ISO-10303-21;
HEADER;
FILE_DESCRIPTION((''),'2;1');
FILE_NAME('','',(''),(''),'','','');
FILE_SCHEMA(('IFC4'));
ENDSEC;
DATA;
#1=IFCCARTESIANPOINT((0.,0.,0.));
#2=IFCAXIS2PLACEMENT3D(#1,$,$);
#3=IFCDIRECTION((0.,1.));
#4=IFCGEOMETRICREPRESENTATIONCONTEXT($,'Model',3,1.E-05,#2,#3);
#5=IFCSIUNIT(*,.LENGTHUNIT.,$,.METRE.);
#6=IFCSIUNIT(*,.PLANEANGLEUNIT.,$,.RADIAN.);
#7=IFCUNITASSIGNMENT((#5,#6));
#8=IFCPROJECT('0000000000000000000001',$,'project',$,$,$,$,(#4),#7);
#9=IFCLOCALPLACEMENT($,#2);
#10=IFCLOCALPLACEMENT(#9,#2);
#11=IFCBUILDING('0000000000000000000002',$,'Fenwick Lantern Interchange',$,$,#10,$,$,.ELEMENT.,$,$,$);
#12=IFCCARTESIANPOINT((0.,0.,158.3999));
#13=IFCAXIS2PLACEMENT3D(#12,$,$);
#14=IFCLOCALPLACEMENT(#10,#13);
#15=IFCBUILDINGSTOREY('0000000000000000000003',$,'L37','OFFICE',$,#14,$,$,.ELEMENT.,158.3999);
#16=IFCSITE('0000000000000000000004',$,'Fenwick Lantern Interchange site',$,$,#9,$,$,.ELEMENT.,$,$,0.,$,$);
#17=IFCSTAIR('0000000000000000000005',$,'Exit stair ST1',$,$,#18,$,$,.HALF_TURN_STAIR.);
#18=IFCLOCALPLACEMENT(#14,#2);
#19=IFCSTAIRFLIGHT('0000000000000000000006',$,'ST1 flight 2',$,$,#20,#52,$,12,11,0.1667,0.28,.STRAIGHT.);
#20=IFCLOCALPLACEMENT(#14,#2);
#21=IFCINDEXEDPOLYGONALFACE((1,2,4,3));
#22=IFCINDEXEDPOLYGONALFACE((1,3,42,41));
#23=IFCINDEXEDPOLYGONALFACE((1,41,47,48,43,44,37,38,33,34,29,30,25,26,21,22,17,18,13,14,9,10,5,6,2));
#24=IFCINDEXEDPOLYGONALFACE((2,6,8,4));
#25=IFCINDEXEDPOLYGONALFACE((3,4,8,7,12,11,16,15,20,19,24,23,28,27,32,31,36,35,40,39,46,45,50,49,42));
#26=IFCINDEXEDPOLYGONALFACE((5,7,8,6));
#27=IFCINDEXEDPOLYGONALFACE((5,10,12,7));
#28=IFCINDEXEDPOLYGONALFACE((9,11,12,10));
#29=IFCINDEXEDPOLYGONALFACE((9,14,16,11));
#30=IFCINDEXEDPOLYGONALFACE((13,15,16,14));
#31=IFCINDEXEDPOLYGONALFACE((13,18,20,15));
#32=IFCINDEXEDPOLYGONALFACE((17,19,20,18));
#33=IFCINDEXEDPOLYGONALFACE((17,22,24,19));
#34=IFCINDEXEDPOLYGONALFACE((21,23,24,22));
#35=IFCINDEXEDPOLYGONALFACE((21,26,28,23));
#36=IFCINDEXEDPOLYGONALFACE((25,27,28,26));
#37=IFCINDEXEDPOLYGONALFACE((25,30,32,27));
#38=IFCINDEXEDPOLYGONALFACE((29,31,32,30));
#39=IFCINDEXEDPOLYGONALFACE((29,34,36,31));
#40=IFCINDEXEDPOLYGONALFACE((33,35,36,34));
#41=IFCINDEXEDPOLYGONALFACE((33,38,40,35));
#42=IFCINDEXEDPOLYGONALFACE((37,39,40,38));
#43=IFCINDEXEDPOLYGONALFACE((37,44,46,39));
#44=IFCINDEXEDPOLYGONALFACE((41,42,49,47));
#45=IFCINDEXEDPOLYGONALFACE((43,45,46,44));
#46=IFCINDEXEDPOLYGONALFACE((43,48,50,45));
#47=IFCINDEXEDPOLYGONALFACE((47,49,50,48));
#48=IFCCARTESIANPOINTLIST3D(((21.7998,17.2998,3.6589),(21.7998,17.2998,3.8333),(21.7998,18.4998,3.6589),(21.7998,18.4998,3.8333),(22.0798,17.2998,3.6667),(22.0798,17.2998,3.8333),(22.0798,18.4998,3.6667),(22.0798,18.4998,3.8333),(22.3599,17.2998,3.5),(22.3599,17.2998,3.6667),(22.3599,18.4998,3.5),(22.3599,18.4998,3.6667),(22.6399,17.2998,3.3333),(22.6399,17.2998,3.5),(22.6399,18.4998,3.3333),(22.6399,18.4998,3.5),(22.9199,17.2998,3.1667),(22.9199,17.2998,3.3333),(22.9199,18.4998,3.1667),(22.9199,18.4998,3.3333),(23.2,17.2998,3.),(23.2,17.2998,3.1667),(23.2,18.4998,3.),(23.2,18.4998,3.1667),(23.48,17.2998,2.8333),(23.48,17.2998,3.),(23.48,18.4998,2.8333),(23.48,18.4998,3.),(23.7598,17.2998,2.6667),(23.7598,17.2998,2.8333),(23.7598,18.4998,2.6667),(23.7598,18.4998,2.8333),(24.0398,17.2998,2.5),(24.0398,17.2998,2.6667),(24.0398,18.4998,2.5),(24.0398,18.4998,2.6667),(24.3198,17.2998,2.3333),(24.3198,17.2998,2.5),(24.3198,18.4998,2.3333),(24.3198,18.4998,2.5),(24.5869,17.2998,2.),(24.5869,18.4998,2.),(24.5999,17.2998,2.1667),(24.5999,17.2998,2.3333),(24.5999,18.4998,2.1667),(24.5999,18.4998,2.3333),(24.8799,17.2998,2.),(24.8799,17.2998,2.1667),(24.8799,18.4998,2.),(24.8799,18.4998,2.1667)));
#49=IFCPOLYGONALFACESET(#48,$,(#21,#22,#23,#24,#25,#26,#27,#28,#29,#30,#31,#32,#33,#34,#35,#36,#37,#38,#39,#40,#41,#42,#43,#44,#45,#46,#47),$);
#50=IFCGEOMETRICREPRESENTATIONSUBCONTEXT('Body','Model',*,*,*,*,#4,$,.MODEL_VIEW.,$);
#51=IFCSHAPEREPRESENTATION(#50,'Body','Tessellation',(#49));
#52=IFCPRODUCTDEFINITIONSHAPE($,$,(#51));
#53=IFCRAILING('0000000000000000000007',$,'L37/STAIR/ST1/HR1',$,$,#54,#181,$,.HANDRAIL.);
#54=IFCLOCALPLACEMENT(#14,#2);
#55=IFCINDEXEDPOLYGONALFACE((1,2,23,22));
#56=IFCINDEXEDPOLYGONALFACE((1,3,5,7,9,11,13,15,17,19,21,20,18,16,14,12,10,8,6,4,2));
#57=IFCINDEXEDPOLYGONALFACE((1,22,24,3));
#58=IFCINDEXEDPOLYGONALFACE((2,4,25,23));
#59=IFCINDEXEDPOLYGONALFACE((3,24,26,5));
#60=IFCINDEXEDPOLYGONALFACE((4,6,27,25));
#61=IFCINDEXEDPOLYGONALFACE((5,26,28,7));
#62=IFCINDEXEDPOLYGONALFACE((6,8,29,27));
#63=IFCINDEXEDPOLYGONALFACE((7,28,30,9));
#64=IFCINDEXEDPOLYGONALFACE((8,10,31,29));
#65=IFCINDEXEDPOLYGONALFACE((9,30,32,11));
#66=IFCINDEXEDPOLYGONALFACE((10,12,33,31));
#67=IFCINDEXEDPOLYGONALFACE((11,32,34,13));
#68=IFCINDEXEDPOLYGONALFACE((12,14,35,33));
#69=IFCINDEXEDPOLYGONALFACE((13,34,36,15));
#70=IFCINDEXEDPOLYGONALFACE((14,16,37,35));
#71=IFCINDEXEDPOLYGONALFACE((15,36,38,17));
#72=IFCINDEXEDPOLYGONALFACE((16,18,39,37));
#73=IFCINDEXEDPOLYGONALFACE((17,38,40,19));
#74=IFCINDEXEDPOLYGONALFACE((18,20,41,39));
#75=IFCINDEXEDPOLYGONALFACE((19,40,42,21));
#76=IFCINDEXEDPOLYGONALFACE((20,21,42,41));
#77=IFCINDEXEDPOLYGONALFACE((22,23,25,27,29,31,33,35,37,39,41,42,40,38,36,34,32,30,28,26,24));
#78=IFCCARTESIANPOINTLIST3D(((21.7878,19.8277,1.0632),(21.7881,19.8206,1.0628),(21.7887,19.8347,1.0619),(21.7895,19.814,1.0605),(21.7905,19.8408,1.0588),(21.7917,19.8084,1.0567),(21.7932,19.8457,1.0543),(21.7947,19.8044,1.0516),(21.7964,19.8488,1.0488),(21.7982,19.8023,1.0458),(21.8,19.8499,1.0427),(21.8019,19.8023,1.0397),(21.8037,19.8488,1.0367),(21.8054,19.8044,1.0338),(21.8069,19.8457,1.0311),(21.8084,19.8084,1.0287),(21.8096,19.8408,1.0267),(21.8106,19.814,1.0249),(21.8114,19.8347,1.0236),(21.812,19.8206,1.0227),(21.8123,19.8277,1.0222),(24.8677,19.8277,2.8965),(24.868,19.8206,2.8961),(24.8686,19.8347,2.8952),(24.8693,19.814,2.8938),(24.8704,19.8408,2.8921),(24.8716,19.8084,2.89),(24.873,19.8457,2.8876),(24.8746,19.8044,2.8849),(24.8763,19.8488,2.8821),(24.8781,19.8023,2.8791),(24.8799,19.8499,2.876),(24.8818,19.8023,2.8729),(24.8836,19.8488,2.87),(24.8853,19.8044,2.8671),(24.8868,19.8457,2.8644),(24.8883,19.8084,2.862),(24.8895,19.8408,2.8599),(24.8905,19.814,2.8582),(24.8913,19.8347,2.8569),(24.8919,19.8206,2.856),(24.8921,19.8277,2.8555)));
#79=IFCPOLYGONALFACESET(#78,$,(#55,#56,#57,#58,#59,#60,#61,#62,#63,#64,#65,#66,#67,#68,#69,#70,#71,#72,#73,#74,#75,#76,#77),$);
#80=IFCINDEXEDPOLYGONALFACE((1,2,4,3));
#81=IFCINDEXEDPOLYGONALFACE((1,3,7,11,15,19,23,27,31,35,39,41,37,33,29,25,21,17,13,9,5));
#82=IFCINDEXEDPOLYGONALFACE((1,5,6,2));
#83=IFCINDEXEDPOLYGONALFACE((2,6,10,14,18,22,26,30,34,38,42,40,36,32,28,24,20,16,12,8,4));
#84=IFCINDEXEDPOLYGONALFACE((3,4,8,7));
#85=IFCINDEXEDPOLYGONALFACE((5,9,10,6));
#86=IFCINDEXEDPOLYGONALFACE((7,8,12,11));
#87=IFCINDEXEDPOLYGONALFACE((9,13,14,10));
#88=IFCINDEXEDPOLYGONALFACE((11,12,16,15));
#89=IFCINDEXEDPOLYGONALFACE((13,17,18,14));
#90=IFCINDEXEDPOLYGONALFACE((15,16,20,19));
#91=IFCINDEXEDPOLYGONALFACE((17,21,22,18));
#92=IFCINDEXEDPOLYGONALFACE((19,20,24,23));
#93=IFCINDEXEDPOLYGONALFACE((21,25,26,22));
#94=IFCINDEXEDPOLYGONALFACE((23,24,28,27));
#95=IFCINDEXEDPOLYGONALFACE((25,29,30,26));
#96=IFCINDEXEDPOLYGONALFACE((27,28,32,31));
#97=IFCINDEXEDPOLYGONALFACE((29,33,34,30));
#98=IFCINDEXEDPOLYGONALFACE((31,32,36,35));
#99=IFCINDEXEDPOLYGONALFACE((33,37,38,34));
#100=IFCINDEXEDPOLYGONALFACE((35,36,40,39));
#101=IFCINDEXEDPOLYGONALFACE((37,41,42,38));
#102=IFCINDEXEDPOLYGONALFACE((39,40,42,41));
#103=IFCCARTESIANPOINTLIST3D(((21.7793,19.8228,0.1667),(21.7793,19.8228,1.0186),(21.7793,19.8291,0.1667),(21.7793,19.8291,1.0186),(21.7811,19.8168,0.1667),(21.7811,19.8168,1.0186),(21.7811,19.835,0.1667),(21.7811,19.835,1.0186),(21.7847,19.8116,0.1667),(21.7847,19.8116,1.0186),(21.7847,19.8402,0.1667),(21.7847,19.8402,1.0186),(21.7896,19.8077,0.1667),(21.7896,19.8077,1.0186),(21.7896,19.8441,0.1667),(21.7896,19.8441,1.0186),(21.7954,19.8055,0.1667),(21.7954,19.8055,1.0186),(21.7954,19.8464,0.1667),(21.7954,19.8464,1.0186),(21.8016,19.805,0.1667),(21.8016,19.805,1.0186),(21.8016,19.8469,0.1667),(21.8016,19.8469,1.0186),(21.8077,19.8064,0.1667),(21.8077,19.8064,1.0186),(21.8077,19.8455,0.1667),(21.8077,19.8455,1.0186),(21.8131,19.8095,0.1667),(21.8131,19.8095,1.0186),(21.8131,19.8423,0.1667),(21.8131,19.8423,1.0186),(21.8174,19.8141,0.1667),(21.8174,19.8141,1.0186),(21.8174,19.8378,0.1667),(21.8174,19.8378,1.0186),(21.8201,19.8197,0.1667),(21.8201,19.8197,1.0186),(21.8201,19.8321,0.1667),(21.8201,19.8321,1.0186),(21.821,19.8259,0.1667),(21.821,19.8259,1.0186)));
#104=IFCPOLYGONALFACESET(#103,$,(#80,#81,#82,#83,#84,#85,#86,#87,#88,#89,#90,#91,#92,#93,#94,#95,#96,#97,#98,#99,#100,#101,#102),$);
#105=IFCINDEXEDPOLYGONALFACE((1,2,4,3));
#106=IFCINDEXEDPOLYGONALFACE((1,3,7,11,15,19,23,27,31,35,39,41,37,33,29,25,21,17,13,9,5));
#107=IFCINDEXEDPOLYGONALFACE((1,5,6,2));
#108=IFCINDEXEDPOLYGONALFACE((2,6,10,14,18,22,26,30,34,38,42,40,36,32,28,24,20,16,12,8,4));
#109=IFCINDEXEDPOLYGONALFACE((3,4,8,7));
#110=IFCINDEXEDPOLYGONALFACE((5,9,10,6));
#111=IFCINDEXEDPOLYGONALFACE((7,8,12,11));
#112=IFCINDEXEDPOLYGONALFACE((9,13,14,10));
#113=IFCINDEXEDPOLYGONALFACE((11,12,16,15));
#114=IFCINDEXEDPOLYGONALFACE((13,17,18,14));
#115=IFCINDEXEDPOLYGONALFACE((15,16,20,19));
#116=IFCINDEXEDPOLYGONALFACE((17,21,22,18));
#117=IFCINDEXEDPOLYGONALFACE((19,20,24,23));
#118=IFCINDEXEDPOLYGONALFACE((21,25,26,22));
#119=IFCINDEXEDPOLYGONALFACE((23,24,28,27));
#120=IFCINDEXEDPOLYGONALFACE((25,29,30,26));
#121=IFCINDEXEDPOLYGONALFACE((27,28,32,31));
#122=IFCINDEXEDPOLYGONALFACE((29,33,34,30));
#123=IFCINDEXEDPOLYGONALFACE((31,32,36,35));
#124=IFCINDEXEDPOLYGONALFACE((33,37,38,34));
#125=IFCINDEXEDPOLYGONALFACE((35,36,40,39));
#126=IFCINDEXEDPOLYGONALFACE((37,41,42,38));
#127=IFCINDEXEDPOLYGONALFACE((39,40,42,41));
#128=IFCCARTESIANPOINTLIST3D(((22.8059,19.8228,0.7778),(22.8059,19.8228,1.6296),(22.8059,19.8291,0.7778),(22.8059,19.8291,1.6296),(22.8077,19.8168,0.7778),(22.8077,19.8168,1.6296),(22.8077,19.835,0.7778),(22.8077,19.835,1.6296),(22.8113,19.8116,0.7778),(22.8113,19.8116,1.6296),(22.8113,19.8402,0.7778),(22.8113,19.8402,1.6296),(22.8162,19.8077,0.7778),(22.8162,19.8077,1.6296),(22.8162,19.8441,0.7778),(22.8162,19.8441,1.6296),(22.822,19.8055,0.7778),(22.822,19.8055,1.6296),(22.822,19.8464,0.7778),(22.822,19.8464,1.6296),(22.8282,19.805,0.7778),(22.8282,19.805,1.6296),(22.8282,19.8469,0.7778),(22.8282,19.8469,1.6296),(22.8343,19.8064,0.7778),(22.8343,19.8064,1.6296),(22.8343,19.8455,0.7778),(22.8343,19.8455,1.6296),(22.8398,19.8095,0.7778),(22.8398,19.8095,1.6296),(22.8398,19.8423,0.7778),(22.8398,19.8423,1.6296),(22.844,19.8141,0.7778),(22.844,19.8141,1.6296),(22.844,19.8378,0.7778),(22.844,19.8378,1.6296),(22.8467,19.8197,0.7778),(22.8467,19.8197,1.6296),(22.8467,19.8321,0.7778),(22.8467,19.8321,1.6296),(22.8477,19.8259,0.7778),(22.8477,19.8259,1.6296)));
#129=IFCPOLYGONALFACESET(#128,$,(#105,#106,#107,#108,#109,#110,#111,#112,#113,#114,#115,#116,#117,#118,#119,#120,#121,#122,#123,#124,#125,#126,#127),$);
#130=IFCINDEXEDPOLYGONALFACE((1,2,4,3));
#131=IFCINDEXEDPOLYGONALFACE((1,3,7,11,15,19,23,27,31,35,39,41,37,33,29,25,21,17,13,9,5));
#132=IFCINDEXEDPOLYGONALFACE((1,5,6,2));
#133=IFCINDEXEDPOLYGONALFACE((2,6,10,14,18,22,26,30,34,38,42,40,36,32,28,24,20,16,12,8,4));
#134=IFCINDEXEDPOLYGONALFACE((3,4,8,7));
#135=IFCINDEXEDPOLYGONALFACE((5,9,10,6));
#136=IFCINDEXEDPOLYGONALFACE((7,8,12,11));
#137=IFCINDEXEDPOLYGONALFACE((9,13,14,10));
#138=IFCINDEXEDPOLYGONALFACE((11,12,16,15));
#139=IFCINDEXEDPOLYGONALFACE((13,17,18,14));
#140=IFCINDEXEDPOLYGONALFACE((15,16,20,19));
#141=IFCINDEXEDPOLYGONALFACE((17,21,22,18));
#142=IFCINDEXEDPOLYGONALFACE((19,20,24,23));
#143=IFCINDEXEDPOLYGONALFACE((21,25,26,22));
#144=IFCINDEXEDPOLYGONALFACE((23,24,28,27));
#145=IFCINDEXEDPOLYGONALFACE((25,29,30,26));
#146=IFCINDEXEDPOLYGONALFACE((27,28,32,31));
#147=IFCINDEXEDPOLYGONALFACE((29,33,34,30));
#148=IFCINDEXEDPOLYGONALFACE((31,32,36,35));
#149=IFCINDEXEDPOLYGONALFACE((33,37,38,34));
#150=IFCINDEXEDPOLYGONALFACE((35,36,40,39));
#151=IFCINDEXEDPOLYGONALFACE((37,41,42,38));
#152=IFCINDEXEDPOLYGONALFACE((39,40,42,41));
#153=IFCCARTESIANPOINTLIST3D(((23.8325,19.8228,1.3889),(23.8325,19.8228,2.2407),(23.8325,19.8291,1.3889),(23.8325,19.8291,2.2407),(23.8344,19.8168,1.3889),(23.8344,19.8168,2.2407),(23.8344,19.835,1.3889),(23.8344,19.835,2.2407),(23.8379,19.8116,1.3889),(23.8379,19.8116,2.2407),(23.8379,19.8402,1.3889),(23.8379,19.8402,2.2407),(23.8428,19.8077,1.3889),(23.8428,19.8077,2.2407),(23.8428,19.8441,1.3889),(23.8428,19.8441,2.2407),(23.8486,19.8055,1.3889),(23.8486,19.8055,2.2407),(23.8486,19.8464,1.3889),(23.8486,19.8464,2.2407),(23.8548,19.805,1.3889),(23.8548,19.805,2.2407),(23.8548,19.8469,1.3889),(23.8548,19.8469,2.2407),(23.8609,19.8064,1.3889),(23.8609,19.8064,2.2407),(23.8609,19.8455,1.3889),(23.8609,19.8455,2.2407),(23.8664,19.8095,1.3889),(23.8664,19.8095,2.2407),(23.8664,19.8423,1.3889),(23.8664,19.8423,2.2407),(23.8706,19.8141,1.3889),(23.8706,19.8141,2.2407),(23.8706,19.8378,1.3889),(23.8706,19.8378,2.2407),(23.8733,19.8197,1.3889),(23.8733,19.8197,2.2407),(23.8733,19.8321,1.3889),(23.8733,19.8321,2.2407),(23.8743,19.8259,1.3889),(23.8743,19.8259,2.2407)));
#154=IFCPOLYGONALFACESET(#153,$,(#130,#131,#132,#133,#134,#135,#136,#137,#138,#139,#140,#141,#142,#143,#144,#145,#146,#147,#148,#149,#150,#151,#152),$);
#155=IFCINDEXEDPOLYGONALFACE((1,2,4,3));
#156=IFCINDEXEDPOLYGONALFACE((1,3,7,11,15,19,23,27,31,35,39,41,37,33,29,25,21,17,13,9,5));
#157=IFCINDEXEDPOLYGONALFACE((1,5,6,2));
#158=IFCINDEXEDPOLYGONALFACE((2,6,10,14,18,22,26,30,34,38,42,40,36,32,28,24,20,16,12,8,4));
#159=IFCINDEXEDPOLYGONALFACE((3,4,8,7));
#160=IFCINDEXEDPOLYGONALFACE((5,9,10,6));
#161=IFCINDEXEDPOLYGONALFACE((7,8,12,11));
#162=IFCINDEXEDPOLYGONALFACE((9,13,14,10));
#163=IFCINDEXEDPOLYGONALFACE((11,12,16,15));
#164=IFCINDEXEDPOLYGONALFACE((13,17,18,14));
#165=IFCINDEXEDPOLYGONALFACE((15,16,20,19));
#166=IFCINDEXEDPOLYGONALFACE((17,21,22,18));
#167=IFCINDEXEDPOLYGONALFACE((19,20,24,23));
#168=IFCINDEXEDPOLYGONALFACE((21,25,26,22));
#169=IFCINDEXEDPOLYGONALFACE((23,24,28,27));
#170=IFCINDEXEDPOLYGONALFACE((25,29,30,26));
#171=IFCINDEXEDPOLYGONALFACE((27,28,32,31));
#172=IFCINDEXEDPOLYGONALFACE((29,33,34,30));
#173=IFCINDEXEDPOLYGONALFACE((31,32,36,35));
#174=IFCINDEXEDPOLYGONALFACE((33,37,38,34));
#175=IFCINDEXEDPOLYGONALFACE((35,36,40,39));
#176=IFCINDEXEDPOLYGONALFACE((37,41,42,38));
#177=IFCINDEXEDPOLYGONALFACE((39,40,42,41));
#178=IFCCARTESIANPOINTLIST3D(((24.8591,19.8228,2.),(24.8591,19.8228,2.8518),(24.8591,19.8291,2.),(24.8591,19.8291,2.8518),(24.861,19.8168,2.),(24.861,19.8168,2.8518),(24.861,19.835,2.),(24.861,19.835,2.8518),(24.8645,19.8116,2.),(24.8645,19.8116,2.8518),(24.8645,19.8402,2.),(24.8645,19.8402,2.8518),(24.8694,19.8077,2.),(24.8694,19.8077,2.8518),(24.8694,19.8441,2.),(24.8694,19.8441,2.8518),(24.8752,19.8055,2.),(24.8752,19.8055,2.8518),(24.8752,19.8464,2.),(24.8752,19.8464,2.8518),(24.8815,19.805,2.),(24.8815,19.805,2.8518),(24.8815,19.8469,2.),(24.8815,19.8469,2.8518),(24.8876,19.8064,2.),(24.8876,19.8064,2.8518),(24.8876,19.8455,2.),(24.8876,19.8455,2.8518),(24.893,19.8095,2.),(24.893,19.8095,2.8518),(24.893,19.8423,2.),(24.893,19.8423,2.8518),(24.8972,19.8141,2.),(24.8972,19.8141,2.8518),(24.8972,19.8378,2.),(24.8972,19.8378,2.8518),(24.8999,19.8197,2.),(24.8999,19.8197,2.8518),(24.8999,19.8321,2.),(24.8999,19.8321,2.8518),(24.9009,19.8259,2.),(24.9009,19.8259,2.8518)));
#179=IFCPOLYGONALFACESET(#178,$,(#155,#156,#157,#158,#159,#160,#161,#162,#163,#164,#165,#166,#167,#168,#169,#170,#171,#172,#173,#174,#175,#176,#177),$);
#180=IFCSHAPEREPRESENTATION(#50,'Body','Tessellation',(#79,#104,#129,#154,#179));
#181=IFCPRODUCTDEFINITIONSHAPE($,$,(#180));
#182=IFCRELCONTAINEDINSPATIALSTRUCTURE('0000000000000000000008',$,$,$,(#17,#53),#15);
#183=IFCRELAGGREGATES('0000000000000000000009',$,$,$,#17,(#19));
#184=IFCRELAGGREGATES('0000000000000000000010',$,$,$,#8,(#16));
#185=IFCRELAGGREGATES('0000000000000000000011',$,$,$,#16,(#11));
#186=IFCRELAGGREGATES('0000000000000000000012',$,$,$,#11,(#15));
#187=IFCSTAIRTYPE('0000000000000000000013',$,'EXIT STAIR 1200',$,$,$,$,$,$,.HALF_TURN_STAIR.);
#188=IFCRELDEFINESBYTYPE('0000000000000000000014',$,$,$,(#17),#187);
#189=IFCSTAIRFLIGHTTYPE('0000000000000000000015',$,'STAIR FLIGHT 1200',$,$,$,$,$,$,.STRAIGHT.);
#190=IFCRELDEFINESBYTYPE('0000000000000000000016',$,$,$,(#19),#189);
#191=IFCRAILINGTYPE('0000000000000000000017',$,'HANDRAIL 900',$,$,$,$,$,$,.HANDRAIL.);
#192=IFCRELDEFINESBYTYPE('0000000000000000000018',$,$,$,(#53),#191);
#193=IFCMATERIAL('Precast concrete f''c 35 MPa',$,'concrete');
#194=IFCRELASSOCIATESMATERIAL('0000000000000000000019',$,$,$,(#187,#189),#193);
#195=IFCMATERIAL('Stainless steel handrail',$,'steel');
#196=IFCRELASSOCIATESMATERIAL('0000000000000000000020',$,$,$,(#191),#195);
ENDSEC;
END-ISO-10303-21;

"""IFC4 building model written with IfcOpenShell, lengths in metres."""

from ifc_helpers import new_model, si_unit, direction, frame, origin, origin_2d, place, context, subcontext, project, spatial, polyline, circle, outline, extrude, material, type_object, element, aggregate, save


model = new_model("IFC4")

# Units and contexts
model_context = context("Model", 3, precision=1e-05, world=origin(), true_north=direction((0.0, 1.0)))
body_context = subcontext(model_context, "Body", "Model", "MODEL_VIEW")
ifc_project = project(units=[si_unit("LENGTHUNIT", "METRE"), si_unit("PLANEANGLEUNIT", "RADIAN")], contexts=[model_context])

# Site, building, storey
site_placement = place(None, origin())
site = spatial("IfcSite", under=ifc_project, at=site_placement, Name="Fenwick Lantern Interchange site", CompositionType="ELEMENT", RefElevation=0.0)
building_placement = place(site_placement, origin())
building = spatial("IfcBuilding", under=site, at=building_placement, Name="Fenwick Lantern Interchange", CompositionType="ELEMENT")
storey_placement = place(building_placement, frame((0.0, 0.0, 158.3999)))
storey = spatial("IfcBuildingStorey", under=building, at=storey_placement, Name="L37", Description="OFFICE", CompositionType="ELEMENT", Elevation=158.3999)

# Stair, stair flight
ifc_material_1 = material(Name="Precast concrete f'c 35 MPa", Category="concrete")
stair_type = type_object("IfcStairType", Name="EXIT STAIR 1200", PredefinedType="HALF_TURN_STAIR", material=ifc_material_1)
stair_placement = place(storey_placement, origin())
stair = element("IfcStair", 1, at=stair_placement, inside=storey, type_object=stair_type, Name="Exit stair ST1", PredefinedType="HALF_TURN_STAIR")
stair_flight_type = type_object("IfcStairFlightType", Name="STAIR FLIGHT 1200", PredefinedType="STRAIGHT", material=ifc_material_1)
stair_flight_1_placement = place(storey_placement, frame((24.8799, 17.8999, 2.0), z_axis=(0.0, 0.0, 1.0), x_axis=(-1.0, 0.0, 0.0)))
stair_flight_1 = element("IfcStairFlight", 2, at=stair_flight_1_placement, type_object=stair_flight_type, Name="ST1 flight 2", NumberOfRisers=12, NumberOfTreads=11, PredefinedType="STRAIGHT", RiserHeight=0.1667, TreadLength=0.28, context=body_context, shape_type="SweptSolid", body=[
    extrude(outline(polyline([(0.0, 0.0), (0.0, 0.1667), (0.28, 0.1667), (0.28, 0.3333), (0.5601, 0.3333), (0.5601, 0.5), (0.8401, 0.5), (0.8401, 0.6667), (1.1201, 0.6667), (1.1201, 0.8333), (1.3999, 0.8333), (1.3999, 1.0), (1.6799, 1.0), (1.6799, 1.1667), (1.96, 1.1667), (1.96, 1.3333), (2.24, 1.3333), (2.24, 1.5), (2.52, 1.5), (2.52, 1.6667), (2.8, 1.6667), (2.8, 1.8333), (3.0801, 1.8333), (3.0801, 2.0), (3.0801, 1.6589), (0.293, 0.0), (0.0, 0.0)])), frame((0.0, 0.6001, 0.0), z_axis=(0.0, -1.0, 0.0), x_axis=(1.0, 0.0, 0.0)), (0.0, 0.0, 1.0), 1.2),
])
aggregate(stair, [stair_flight_1])

# Railing
ifc_material_2 = material(Name="Stainless steel handrail", Category="steel")
railing_type = type_object("IfcRailingType", Name="HANDRAIL 900", PredefinedType="HANDRAIL", material=ifc_material_2)
railing_1_placement = place(storey_placement, frame((21.8, 19.8259, 0.1667)))
element("IfcRailing", 3, at=railing_1_placement, inside=storey, type_object=railing_type, Name="L37/STAIR/ST1/HR1", PredefinedType="HANDRAIL", context=body_context, shape_type="SweptSolid", body=[
    extrude(circle(Radius=0.0239, at=origin_2d()), frame((0.0, 0.0, 0.876), z_axis=(0.859291, 0.0, 0.511487), x_axis=(0.0, 1.0, 0.0)), (0.0, 0.0, 1.0), 3.5842),
    extrude(circle(Radius=0.021, at=origin_2d()), origin(), (0.0, 0.0, 1.0), 0.8518),
    extrude(circle(Radius=0.021, at=origin_2d()), frame((1.0266, 0.0, 0.6111)), (0.0, 0.0, 1.0), 0.8518),
    extrude(circle(Radius=0.021, at=origin_2d()), frame((2.0532, 0.0, 1.2222)), (0.0, 0.0, 1.0), 0.8518),
    extrude(circle(Radius=0.021, at=origin_2d()), frame((3.0798, 0.0, 1.8333)), (0.0, 0.0, 1.0), 0.8518),
])

save(model, "model.ifc")
